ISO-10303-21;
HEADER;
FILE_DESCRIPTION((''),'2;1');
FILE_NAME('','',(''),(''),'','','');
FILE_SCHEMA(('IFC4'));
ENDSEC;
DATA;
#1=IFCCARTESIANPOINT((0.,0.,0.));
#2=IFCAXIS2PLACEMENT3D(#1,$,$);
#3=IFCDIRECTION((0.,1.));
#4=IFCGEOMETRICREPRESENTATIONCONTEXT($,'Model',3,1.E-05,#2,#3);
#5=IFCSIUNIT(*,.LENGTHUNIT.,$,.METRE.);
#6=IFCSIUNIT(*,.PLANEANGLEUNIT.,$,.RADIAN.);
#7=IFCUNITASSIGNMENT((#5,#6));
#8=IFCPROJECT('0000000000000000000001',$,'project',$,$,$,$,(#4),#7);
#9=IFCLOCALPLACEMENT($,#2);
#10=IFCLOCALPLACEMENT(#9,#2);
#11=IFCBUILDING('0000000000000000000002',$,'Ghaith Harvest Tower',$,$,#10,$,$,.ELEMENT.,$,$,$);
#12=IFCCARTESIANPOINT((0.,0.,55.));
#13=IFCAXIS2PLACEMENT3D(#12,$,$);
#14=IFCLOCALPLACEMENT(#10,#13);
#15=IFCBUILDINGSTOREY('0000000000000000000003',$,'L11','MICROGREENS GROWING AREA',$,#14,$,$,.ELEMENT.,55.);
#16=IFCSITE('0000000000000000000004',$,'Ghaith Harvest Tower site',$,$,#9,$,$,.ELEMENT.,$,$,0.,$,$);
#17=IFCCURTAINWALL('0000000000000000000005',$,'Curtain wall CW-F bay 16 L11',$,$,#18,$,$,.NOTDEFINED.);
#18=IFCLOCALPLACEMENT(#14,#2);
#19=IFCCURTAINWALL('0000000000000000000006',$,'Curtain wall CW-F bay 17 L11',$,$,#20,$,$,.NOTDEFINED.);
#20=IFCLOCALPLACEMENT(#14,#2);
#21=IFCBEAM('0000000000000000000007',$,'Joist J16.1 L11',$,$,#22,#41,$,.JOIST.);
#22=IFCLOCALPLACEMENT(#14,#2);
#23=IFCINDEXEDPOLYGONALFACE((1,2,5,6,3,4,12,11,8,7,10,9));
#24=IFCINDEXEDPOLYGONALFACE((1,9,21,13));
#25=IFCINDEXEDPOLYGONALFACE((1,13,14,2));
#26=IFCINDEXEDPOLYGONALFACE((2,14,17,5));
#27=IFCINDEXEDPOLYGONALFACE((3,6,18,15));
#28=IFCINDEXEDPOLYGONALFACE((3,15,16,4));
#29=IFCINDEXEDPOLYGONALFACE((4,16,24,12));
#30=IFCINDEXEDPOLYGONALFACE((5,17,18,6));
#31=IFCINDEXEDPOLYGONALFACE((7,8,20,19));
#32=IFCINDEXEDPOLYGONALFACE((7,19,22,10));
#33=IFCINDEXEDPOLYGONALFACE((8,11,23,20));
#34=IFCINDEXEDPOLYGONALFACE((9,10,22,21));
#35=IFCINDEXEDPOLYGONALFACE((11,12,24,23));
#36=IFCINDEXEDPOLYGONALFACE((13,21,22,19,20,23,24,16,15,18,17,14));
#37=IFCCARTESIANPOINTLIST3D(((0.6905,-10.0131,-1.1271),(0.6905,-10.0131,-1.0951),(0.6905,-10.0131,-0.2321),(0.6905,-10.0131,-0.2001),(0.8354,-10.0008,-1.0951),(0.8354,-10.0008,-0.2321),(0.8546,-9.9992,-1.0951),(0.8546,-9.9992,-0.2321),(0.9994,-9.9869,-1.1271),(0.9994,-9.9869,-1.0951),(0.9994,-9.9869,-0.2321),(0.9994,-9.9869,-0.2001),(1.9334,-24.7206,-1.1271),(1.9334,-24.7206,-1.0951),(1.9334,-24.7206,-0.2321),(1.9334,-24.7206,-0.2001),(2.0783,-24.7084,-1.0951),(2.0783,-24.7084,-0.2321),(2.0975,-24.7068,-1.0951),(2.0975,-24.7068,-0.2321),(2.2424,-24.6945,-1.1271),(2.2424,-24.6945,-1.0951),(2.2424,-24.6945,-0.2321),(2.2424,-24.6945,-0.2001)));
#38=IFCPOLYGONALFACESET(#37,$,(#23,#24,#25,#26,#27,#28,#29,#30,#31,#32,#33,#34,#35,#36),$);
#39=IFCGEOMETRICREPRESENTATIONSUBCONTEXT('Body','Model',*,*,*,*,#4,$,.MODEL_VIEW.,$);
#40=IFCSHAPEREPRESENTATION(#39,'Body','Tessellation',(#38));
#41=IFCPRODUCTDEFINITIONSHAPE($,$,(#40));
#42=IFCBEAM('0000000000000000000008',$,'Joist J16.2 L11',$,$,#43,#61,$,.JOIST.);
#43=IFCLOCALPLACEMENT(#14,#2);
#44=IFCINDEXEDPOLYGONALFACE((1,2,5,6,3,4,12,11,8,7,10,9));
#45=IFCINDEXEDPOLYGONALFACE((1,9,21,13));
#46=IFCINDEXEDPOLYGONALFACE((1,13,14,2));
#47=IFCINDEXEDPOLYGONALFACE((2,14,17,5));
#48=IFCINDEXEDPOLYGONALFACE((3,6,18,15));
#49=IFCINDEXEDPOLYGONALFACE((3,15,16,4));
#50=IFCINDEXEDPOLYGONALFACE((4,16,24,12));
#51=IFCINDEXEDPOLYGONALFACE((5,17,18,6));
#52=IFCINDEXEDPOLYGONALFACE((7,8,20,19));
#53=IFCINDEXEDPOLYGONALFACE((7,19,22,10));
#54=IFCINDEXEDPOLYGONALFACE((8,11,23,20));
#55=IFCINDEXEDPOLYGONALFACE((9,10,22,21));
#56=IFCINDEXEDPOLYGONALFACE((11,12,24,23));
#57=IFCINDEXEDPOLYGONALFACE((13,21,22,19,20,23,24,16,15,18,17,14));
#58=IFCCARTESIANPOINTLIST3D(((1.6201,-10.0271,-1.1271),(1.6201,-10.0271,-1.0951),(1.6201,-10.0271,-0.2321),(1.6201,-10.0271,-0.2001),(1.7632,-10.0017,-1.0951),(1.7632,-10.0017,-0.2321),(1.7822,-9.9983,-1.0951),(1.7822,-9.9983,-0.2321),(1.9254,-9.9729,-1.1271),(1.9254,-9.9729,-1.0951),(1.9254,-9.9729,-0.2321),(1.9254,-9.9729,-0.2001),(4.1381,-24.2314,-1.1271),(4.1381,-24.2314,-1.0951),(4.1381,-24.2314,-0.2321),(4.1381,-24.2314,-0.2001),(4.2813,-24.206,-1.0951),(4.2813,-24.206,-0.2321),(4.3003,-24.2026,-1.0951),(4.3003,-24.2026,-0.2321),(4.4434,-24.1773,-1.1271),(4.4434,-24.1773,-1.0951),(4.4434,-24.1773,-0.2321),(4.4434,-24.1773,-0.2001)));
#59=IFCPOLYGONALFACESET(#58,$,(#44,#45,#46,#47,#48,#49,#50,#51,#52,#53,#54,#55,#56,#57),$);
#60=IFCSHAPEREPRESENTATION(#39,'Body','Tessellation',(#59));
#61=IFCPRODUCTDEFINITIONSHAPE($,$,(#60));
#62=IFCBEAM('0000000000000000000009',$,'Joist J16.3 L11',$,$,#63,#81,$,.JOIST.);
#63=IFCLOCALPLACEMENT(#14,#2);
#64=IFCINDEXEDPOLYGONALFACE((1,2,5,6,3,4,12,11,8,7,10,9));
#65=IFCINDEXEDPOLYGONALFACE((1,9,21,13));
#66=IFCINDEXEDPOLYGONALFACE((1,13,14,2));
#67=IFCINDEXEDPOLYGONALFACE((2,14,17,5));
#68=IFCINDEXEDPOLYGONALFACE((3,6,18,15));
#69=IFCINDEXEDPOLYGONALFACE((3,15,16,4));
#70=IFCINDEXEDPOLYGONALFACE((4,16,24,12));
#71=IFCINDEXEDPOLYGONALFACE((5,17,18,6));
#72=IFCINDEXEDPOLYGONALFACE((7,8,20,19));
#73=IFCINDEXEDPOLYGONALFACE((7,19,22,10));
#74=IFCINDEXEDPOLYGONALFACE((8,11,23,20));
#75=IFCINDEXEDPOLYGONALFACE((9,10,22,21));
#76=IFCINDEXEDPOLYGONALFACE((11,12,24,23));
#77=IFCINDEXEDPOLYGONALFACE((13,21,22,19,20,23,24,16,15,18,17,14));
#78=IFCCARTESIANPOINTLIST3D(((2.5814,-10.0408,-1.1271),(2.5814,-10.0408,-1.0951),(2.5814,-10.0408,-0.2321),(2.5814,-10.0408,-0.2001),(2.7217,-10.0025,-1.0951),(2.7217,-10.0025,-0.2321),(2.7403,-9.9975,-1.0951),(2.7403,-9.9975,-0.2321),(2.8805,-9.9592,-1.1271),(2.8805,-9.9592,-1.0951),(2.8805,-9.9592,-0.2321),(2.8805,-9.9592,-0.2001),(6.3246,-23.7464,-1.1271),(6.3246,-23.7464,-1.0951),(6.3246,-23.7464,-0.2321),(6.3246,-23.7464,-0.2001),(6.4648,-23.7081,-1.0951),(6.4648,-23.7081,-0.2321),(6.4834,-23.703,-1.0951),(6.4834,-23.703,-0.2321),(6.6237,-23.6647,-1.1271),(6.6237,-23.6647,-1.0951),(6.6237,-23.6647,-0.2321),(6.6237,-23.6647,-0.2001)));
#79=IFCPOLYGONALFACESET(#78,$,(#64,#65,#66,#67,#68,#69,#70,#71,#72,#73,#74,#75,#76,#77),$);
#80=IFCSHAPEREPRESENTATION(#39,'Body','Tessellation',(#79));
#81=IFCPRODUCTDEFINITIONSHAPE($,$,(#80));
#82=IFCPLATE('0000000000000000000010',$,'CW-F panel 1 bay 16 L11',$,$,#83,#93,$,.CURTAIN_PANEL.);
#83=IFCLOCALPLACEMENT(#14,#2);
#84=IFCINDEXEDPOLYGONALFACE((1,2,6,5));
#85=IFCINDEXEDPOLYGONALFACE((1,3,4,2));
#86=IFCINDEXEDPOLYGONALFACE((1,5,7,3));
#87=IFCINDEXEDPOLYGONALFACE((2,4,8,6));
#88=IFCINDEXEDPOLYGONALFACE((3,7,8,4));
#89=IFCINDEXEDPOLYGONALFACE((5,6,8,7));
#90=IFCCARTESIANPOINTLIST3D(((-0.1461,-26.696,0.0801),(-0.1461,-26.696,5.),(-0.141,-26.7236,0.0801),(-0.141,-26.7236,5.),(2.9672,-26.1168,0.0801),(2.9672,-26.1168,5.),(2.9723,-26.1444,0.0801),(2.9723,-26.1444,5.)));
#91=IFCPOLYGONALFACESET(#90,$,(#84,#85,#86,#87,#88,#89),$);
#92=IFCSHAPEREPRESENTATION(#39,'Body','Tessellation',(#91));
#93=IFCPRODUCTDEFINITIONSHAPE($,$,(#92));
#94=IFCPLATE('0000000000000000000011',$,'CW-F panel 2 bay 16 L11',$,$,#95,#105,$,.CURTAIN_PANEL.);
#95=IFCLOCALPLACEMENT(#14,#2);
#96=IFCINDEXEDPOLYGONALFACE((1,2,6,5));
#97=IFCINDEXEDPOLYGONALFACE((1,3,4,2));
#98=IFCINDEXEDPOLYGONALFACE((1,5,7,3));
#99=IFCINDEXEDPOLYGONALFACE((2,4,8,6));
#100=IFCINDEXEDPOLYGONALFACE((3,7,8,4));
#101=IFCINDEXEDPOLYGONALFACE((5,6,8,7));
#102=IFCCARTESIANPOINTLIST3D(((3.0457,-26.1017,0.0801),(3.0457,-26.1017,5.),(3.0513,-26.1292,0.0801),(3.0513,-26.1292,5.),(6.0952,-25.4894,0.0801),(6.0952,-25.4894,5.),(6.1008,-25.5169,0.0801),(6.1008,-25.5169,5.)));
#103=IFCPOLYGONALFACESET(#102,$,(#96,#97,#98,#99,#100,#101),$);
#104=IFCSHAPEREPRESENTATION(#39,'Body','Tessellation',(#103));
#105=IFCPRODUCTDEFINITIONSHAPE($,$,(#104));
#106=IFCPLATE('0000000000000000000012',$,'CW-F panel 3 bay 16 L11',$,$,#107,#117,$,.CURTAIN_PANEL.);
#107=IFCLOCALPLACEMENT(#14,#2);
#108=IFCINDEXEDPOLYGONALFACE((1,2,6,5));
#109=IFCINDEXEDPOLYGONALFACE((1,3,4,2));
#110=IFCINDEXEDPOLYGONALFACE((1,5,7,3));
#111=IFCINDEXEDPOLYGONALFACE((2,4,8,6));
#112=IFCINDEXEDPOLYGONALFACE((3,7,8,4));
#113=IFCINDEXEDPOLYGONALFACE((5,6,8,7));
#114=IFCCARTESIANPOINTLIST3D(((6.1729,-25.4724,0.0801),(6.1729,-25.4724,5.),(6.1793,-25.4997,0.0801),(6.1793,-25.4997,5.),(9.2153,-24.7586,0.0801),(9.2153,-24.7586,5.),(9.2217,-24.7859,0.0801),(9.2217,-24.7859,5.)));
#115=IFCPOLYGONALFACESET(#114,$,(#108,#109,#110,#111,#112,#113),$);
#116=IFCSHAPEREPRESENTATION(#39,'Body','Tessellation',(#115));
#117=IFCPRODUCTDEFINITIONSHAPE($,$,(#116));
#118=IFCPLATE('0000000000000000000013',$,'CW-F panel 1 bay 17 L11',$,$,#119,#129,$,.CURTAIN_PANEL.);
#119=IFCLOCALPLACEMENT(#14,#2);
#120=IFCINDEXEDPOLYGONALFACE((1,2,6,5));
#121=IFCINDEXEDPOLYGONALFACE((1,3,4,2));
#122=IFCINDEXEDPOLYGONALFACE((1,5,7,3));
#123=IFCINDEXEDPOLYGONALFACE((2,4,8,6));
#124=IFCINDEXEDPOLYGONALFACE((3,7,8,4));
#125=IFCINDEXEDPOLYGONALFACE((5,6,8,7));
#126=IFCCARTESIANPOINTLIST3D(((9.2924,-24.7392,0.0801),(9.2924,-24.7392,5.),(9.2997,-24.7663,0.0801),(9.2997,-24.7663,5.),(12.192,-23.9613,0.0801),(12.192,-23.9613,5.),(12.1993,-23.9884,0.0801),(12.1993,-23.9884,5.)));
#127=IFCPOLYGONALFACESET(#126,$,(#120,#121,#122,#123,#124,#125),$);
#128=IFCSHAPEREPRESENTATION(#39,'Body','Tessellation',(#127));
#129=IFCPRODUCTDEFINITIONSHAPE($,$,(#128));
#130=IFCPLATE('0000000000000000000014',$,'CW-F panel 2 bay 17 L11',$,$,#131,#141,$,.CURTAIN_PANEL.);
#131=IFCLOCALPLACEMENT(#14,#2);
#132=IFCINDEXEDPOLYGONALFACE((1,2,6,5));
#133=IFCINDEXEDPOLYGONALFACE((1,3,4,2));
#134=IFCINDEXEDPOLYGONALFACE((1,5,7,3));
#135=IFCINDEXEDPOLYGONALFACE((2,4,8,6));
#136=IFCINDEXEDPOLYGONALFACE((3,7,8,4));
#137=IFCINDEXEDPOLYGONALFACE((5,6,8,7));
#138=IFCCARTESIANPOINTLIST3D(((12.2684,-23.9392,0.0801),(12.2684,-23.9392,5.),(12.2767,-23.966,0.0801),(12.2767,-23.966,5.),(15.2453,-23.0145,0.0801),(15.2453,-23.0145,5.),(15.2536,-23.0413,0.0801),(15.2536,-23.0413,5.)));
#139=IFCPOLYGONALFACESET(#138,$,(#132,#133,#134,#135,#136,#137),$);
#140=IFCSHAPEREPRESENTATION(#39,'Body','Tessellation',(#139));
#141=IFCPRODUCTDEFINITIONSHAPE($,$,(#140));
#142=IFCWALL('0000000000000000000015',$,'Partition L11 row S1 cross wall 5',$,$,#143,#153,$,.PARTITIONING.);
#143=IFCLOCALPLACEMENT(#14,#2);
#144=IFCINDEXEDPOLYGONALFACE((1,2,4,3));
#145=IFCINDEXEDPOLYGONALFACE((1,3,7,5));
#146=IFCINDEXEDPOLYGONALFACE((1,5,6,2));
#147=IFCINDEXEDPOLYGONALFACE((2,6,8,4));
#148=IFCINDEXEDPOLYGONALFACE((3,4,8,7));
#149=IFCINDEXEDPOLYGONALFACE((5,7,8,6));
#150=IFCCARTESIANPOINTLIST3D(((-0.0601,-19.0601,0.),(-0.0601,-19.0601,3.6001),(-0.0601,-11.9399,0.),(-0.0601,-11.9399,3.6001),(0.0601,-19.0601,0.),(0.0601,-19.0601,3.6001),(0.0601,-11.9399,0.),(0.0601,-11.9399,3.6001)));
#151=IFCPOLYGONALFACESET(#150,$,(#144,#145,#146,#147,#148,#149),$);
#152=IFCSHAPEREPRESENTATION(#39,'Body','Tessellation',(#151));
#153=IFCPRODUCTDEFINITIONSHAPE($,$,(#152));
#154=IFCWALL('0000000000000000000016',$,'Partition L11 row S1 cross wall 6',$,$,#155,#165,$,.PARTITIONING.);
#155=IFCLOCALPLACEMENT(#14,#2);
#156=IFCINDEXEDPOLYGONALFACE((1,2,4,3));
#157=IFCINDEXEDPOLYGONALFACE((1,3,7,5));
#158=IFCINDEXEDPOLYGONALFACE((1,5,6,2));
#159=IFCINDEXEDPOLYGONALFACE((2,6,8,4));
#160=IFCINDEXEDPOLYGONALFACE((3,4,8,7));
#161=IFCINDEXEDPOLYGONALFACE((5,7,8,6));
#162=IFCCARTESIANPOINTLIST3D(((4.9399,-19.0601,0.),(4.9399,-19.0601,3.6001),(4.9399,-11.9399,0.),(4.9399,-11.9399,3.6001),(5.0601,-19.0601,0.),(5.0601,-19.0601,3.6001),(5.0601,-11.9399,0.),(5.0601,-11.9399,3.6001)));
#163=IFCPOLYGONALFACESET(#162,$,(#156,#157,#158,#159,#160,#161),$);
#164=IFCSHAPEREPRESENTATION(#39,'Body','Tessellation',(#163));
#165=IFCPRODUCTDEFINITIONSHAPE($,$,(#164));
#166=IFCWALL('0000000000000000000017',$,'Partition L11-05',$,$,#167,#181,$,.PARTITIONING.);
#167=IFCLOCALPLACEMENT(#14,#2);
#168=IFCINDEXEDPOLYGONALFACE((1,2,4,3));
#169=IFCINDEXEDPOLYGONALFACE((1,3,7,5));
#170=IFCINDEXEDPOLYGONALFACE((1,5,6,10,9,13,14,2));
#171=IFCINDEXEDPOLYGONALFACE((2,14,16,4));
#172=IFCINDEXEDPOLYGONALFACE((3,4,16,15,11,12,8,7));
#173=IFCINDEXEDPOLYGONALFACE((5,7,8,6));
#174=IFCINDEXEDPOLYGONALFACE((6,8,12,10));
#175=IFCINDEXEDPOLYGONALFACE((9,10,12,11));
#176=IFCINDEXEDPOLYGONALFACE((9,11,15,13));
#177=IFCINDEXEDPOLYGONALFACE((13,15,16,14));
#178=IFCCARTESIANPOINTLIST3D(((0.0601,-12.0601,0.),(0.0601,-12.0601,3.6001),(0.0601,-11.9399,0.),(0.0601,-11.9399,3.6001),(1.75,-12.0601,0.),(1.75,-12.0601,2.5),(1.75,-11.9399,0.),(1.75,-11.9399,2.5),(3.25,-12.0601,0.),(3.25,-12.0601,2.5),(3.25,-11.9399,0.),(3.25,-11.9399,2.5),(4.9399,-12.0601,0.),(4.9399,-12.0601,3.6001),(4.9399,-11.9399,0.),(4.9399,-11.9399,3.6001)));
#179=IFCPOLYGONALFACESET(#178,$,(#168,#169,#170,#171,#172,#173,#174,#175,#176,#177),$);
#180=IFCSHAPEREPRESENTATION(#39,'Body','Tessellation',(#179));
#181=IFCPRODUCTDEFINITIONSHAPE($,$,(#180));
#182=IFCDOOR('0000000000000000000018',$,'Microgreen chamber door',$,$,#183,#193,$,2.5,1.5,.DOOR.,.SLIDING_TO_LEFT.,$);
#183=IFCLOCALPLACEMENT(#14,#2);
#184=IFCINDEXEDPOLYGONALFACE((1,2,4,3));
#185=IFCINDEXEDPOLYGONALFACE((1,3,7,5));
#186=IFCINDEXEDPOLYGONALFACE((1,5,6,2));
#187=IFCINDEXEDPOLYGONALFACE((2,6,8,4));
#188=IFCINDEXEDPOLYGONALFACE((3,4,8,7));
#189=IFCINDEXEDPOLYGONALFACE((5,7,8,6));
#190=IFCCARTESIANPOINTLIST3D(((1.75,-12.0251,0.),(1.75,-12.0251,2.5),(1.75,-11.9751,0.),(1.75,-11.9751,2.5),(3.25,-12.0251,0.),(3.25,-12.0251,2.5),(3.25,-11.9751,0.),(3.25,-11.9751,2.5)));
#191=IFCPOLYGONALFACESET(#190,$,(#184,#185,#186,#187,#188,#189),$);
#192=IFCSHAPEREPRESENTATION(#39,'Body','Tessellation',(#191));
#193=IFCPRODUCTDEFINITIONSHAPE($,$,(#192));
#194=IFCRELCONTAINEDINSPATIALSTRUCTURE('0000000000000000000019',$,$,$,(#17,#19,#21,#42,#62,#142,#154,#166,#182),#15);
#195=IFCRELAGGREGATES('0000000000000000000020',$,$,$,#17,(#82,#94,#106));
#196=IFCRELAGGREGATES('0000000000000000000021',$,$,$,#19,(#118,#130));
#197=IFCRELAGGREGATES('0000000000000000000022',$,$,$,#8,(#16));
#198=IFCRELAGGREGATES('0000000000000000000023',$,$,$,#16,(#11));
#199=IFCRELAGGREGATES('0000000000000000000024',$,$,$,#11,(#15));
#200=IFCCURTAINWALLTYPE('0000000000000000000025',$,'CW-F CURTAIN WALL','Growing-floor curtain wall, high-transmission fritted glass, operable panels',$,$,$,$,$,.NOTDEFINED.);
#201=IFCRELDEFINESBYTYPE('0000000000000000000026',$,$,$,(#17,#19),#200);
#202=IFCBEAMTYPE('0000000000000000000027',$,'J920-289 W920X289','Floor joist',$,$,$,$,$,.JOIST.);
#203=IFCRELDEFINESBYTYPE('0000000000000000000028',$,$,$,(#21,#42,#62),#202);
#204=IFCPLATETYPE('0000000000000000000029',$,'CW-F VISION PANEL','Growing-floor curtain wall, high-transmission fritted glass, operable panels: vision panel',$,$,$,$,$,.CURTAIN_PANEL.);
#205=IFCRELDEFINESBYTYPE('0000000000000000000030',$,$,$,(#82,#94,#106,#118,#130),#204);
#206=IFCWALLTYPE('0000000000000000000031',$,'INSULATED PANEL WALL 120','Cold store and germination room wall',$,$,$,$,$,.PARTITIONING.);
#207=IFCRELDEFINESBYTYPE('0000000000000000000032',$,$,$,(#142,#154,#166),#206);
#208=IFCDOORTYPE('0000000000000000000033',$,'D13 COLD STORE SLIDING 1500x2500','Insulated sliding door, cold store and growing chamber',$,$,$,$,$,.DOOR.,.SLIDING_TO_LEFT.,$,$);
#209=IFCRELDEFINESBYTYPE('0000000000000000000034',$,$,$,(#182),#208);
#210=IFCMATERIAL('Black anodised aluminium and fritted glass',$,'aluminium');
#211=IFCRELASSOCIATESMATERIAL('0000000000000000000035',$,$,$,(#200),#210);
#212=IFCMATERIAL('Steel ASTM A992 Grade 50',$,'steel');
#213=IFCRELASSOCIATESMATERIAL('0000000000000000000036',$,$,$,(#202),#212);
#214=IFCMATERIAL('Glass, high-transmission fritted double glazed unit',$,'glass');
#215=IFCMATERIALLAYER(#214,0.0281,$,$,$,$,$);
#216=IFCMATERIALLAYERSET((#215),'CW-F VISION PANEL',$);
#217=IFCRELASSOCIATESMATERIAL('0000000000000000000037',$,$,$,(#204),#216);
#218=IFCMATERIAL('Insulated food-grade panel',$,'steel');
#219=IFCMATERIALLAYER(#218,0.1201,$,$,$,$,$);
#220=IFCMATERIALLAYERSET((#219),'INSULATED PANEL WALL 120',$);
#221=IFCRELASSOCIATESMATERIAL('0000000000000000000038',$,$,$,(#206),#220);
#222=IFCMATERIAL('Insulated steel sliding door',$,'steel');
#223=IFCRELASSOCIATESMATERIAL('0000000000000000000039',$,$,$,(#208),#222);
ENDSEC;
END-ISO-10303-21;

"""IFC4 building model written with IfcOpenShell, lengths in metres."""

from ifc_helpers import new_model, si_unit, direction, frame, frame_2d, origin, origin_2d, place, context, subcontext, project, spatial, rectangle, i_section, extrude, material, layer, layer_set, material_profile, profile_set, type_object, element, fill, aggregate, save


model = new_model("IFC4")

# Units and contexts
model_context = context("Model", 3, precision=1e-05, world=origin(), true_north=direction((0.0, 1.0)))
body_context = subcontext(model_context, "Body", "Model", "MODEL_VIEW")
ifc_project = project(units=[si_unit("LENGTHUNIT", "METRE"), si_unit("PLANEANGLEUNIT", "RADIAN")], contexts=[model_context])

# Site, building, storey
site_placement = place(None, origin())
site = spatial("IfcSite", under=ifc_project, at=site_placement, Name="Ghaith Harvest Tower site", CompositionType="ELEMENT", RefElevation=0.0)
building_placement = place(site_placement, origin())
building = spatial("IfcBuilding", under=site, at=building_placement, Name="Ghaith Harvest Tower", CompositionType="ELEMENT")
storey_placement = place(building_placement, frame((0.0, 0.0, 55.0)))
storey = spatial("IfcBuildingStorey", under=building, at=storey_placement, Name="L11", Description="MICROGREENS GROWING AREA", CompositionType="ELEMENT", Elevation=55.0)

# Curtain walls
ifc_material_1 = material(Name="Black anodised aluminium and fritted glass", Category="aluminium")
curtain_wall_type = type_object("IfcCurtainWallType", Name="CW-F CURTAIN WALL", Description="Growing-floor curtain wall, high-transmission fritted glass, operable panels", PredefinedType="NOTDEFINED", material=ifc_material_1)
curtain_wall_1_placement = place(storey_placement, origin())
curtain_wall_1 = element("IfcCurtainWall", 1, at=curtain_wall_1_placement, inside=storey, type_object=curtain_wall_type, Name="Curtain wall CW-F bay 16 L11", PredefinedType="NOTDEFINED")
curtain_wall_2_placement = place(storey_placement, origin())
curtain_wall_2 = element("IfcCurtainWall", 2, at=curtain_wall_2_placement, inside=storey, type_object=curtain_wall_type, Name="Curtain wall CW-F bay 17 L11", PredefinedType="NOTDEFINED")

# Beams
ifc_material_2 = material(Name="Steel ASTM A992 Grade 50", Category="steel")
ifc_material_profile_1 = material_profile(ifc_material_2, i_section(OverallWidth=0.3101, OverallDepth=0.927, WebThickness=0.0193, FlangeThickness=0.032, at=origin_2d()), Name="W920X289")
ifc_profile_set_1 = profile_set([ifc_material_profile_1], Name="Steel ASTM A992 Grade 50")
beam_type_1 = type_object("IfcBeamType", Name="J920-289 W920X289", Description="Floor joist", PredefinedType="JOIST", material=ifc_profile_set_1)
beam_1_placement = place(storey_placement, frame((0.845, -10.0, -0.6636), z_axis=(0.084209, -0.996448, 0.0), x_axis=(0.996448, 0.084209, 0.0)))
element("IfcBeam", 3, at=beam_1_placement, inside=storey, type_object=beam_type_1, Name="Joist J16.1 L11", PredefinedType="JOIST", context=body_context, shape_type="SweptSolid", body=[
    extrude(i_section(OverallWidth=0.3101, OverallDepth=0.927, WebThickness=0.0193, FlangeThickness=0.032, at=origin_2d()), origin(), (0.0, 0.0, 1.0), 14.76),
])
beam_2_placement = place(storey_placement, frame((1.7727, -10.0, -0.6636), z_axis=(0.174553, -0.984648, 0.0), x_axis=(0.984648, 0.174553, 0.0)))
element("IfcBeam", 4, at=beam_2_placement, inside=storey, type_object=beam_type_1, Name="Joist J16.2 L11", PredefinedType="JOIST", context=body_context, shape_type="SweptSolid", body=[
    extrude(i_section(OverallWidth=0.3101, OverallDepth=0.927, WebThickness=0.0193, FlangeThickness=0.032, at=origin_2d()), origin(), (0.0, 0.0, 1.0), 14.4258),
])
beam_3_placement = place(storey_placement, frame((2.731, -10.0, -0.6636), z_axis=(0.263463, -0.964669, 0.0), x_axis=(0.964669, 0.263463, 0.0)))
element("IfcBeam", 5, at=beam_3_placement, inside=storey, type_object=beam_type_1, Name="Joist J16.3 L11", PredefinedType="JOIST", context=body_context, shape_type="SweptSolid", body=[
    extrude(i_section(OverallWidth=0.3101, OverallDepth=0.927, WebThickness=0.0193, FlangeThickness=0.032, at=origin_2d()), origin(), (0.0, 0.0, 1.0), 14.2075),
])

# Plates
ifc_material_3 = material(Name="Glass, high-transmission fritted double glazed unit", Category="glass")
ifc_layer_1 = layer(ifc_material_3, 0.0281)
ifc_layer_set_1 = layer_set([ifc_layer_1], Name="CW-F VISION PANEL")
plate_type = type_object("IfcPlateType", Name="CW-F VISION PANEL", Description="Growing-floor curtain wall, high-transmission fritted glass, operable panels: vision panel", PredefinedType="CURTAIN_PANEL", material=ifc_layer_set_1)
plate_1_placement = place(storey_placement, frame((1.4131, -26.4202, 0.0801), z_axis=(0.0, 0.0, 1.0), x_axis=(0.983131, 0.182902, 0.0)))
plate_1 = element("IfcPlate", 6, at=plate_1_placement, type_object=plate_type, Name="CW-F panel 1 bay 16 L11", PredefinedType="CURTAIN_PANEL", context=body_context, shape_type="SweptSolid", body=[
    extrude(rectangle(XDim=3.1667, YDim=0.0281, at=origin_2d()), origin(), (0.0, 0.0, 1.0), 4.9199),
])
plate_2_placement = place(storey_placement, frame((4.5732, -25.8093, 0.0801), z_axis=(0.0, 0.0, 1.0), x_axis=(0.980432, 0.196856, 0.0)))
plate_2 = element("IfcPlate", 7, at=plate_2_placement, type_object=plate_type, Name="CW-F panel 2 bay 16 L11", PredefinedType="CURTAIN_PANEL", context=body_context, shape_type="SweptSolid", body=[
    extrude(rectangle(XDim=3.1104, YDim=0.0281, at=origin_2d()), origin(), (0.0, 0.0, 1.0), 4.9199),
])
plate_3_placement = place(storey_placement, frame((7.6973, -25.1292, 0.0801), z_axis=(0.0, 0.0, 1.0), x_axis=(0.973565, 0.228411, 0.0)))
plate_3 = element("IfcPlate", 8, at=plate_3_placement, type_object=plate_type, Name="CW-F panel 3 bay 16 L11", PredefinedType="CURTAIN_PANEL", context=body_context, shape_type="SweptSolid", body=[
    extrude(rectangle(XDim=3.125, YDim=0.0281, at=origin_2d()), origin(), (0.0, 0.0, 1.0), 4.9199),
])
aggregate(curtain_wall_1, [plate_1, plate_2, plate_3])
plate_4_placement = place(storey_placement, frame((10.7458, -24.3638, 0.0801), z_axis=(0.0, 0.0, 1.0), x_axis=(0.965848, 0.259108, 0.0)))
plate_4 = element("IfcPlate", 9, at=plate_4_placement, type_object=plate_type, Name="CW-F panel 1 bay 17 L11", PredefinedType="CURTAIN_PANEL", context=body_context, shape_type="SweptSolid", body=[
    extrude(rectangle(XDim=3.0022, YDim=0.0281, at=origin_2d()), origin(), (0.0, 0.0, 1.0), 4.9199),
])
plate_5_placement = place(storey_placement, frame((13.761, -23.4902, 0.0801), z_axis=(0.0, 0.0, 1.0), x_axis=(0.954988, 0.296644, 0.0)))
plate_5 = element("IfcPlate", 10, at=plate_5_placement, type_object=plate_type, Name="CW-F panel 2 bay 17 L11", PredefinedType="CURTAIN_PANEL", context=body_context, shape_type="SweptSolid", body=[
    extrude(rectangle(XDim=3.1172, YDim=0.0281, at=origin_2d()), origin(), (0.0, 0.0, 1.0), 4.9199),
])
aggregate(curtain_wall_2, [plate_4, plate_5])

# Walls
ifc_material_4 = material(Name="Insulated food-grade panel", Category="steel")
ifc_layer_2 = layer(ifc_material_4, 0.1201)
ifc_layer_set_2 = layer_set([ifc_layer_2], Name="INSULATED PANEL WALL 120")
wall_type_1 = type_object("IfcWallType", Name="INSULATED PANEL WALL 120", Description="Cold store and germination room wall", PredefinedType="PARTITIONING", material=ifc_layer_set_2)
for number, where, z_axis, x_axis, name in (
    (11, (0.0, -11.9399, 0.0), (0.0, 0.0, 1.0), (0.0, -1.0, 0.0), "Partition L11 row S1 cross wall 5"),
    (12, (5.0, -11.9399, 0.0), (0.0, 0.0, 1.0), (0.0, -1.0, 0.0), "Partition L11 row S1 cross wall 6"),
):
    element("IfcWall", number, at=place(storey_placement, frame(where, z_axis=z_axis, x_axis=x_axis)), inside=storey, type_object=wall_type_1, Name=name, PredefinedType="PARTITIONING", context=body_context, shape_type="SweptSolid", body=[
        extrude(rectangle(XDim=7.1201, YDim=0.1201, at=frame_2d((3.5601, 0.0))), origin(), (0.0, 0.0, 1.0), 3.6001),
    ])

# Wall, opening, door
wall_1_placement = place(storey_placement, frame((0.0601, -12.0, 0.0), z_axis=(0.0, 0.0, 1.0), x_axis=(1.0, 0.0, 0.0)))
wall_1 = element("IfcWall", 13, at=wall_1_placement, inside=storey, type_object=wall_type_1, Name="Partition L11-05", PredefinedType="PARTITIONING", context=body_context, shape_type="SweptSolid", body=[
    extrude(rectangle(XDim=4.8799, YDim=0.1201, at=frame_2d((2.4399, 0.0))), origin(), (0.0, 0.0, 1.0), 3.6001),
])
opening_1_placement = place(wall_1_placement, frame((1.6899, 0.0, 0.0)))
opening_1 = element("IfcOpeningElement", 14, at=opening_1_placement, cuts=wall_1, PredefinedType="OPENING", context=body_context, shape_type="SweptSolid", body=[
    extrude(rectangle(XDim=1.5, YDim=2.5, at=frame_2d((0.75, 1.25))), frame((0.0, 0.0701, 0.0), z_axis=(0.0, -1.0, 0.0), x_axis=(1.0, 0.0, 0.0)), (0.0, 0.0, 1.0), 0.1401),
])
ifc_material_5 = material(Name="Insulated steel sliding door", Category="steel")
door_type_1 = type_object("IfcDoorType", Name="D13 COLD STORE SLIDING 1500x2500", Description="Insulated sliding door, cold store and growing chamber", OperationType="SLIDING_TO_LEFT", PredefinedType="DOOR", material=ifc_material_5)
door_1_placement = place(opening_1_placement, origin())
door_1 = element("IfcDoor", 15, at=door_1_placement, inside=storey, type_object=door_type_1, Name="Microgreen chamber door", OperationType="SLIDING_TO_LEFT", OverallHeight=2.5, OverallWidth=1.5, PredefinedType="DOOR", context=body_context, shape_type="SweptSolid", body=[
    extrude(rectangle(XDim=1.5, YDim=2.5, at=frame_2d((0.75, 1.25))), frame((0.0, 0.0249, 0.0), z_axis=(0.0, -1.0, 0.0), x_axis=(1.0, 0.0, 0.0)), (0.0, 0.0, 1.0), 0.05),
])
fill(opening_1, door_1)

save(model, "model.ifc")
